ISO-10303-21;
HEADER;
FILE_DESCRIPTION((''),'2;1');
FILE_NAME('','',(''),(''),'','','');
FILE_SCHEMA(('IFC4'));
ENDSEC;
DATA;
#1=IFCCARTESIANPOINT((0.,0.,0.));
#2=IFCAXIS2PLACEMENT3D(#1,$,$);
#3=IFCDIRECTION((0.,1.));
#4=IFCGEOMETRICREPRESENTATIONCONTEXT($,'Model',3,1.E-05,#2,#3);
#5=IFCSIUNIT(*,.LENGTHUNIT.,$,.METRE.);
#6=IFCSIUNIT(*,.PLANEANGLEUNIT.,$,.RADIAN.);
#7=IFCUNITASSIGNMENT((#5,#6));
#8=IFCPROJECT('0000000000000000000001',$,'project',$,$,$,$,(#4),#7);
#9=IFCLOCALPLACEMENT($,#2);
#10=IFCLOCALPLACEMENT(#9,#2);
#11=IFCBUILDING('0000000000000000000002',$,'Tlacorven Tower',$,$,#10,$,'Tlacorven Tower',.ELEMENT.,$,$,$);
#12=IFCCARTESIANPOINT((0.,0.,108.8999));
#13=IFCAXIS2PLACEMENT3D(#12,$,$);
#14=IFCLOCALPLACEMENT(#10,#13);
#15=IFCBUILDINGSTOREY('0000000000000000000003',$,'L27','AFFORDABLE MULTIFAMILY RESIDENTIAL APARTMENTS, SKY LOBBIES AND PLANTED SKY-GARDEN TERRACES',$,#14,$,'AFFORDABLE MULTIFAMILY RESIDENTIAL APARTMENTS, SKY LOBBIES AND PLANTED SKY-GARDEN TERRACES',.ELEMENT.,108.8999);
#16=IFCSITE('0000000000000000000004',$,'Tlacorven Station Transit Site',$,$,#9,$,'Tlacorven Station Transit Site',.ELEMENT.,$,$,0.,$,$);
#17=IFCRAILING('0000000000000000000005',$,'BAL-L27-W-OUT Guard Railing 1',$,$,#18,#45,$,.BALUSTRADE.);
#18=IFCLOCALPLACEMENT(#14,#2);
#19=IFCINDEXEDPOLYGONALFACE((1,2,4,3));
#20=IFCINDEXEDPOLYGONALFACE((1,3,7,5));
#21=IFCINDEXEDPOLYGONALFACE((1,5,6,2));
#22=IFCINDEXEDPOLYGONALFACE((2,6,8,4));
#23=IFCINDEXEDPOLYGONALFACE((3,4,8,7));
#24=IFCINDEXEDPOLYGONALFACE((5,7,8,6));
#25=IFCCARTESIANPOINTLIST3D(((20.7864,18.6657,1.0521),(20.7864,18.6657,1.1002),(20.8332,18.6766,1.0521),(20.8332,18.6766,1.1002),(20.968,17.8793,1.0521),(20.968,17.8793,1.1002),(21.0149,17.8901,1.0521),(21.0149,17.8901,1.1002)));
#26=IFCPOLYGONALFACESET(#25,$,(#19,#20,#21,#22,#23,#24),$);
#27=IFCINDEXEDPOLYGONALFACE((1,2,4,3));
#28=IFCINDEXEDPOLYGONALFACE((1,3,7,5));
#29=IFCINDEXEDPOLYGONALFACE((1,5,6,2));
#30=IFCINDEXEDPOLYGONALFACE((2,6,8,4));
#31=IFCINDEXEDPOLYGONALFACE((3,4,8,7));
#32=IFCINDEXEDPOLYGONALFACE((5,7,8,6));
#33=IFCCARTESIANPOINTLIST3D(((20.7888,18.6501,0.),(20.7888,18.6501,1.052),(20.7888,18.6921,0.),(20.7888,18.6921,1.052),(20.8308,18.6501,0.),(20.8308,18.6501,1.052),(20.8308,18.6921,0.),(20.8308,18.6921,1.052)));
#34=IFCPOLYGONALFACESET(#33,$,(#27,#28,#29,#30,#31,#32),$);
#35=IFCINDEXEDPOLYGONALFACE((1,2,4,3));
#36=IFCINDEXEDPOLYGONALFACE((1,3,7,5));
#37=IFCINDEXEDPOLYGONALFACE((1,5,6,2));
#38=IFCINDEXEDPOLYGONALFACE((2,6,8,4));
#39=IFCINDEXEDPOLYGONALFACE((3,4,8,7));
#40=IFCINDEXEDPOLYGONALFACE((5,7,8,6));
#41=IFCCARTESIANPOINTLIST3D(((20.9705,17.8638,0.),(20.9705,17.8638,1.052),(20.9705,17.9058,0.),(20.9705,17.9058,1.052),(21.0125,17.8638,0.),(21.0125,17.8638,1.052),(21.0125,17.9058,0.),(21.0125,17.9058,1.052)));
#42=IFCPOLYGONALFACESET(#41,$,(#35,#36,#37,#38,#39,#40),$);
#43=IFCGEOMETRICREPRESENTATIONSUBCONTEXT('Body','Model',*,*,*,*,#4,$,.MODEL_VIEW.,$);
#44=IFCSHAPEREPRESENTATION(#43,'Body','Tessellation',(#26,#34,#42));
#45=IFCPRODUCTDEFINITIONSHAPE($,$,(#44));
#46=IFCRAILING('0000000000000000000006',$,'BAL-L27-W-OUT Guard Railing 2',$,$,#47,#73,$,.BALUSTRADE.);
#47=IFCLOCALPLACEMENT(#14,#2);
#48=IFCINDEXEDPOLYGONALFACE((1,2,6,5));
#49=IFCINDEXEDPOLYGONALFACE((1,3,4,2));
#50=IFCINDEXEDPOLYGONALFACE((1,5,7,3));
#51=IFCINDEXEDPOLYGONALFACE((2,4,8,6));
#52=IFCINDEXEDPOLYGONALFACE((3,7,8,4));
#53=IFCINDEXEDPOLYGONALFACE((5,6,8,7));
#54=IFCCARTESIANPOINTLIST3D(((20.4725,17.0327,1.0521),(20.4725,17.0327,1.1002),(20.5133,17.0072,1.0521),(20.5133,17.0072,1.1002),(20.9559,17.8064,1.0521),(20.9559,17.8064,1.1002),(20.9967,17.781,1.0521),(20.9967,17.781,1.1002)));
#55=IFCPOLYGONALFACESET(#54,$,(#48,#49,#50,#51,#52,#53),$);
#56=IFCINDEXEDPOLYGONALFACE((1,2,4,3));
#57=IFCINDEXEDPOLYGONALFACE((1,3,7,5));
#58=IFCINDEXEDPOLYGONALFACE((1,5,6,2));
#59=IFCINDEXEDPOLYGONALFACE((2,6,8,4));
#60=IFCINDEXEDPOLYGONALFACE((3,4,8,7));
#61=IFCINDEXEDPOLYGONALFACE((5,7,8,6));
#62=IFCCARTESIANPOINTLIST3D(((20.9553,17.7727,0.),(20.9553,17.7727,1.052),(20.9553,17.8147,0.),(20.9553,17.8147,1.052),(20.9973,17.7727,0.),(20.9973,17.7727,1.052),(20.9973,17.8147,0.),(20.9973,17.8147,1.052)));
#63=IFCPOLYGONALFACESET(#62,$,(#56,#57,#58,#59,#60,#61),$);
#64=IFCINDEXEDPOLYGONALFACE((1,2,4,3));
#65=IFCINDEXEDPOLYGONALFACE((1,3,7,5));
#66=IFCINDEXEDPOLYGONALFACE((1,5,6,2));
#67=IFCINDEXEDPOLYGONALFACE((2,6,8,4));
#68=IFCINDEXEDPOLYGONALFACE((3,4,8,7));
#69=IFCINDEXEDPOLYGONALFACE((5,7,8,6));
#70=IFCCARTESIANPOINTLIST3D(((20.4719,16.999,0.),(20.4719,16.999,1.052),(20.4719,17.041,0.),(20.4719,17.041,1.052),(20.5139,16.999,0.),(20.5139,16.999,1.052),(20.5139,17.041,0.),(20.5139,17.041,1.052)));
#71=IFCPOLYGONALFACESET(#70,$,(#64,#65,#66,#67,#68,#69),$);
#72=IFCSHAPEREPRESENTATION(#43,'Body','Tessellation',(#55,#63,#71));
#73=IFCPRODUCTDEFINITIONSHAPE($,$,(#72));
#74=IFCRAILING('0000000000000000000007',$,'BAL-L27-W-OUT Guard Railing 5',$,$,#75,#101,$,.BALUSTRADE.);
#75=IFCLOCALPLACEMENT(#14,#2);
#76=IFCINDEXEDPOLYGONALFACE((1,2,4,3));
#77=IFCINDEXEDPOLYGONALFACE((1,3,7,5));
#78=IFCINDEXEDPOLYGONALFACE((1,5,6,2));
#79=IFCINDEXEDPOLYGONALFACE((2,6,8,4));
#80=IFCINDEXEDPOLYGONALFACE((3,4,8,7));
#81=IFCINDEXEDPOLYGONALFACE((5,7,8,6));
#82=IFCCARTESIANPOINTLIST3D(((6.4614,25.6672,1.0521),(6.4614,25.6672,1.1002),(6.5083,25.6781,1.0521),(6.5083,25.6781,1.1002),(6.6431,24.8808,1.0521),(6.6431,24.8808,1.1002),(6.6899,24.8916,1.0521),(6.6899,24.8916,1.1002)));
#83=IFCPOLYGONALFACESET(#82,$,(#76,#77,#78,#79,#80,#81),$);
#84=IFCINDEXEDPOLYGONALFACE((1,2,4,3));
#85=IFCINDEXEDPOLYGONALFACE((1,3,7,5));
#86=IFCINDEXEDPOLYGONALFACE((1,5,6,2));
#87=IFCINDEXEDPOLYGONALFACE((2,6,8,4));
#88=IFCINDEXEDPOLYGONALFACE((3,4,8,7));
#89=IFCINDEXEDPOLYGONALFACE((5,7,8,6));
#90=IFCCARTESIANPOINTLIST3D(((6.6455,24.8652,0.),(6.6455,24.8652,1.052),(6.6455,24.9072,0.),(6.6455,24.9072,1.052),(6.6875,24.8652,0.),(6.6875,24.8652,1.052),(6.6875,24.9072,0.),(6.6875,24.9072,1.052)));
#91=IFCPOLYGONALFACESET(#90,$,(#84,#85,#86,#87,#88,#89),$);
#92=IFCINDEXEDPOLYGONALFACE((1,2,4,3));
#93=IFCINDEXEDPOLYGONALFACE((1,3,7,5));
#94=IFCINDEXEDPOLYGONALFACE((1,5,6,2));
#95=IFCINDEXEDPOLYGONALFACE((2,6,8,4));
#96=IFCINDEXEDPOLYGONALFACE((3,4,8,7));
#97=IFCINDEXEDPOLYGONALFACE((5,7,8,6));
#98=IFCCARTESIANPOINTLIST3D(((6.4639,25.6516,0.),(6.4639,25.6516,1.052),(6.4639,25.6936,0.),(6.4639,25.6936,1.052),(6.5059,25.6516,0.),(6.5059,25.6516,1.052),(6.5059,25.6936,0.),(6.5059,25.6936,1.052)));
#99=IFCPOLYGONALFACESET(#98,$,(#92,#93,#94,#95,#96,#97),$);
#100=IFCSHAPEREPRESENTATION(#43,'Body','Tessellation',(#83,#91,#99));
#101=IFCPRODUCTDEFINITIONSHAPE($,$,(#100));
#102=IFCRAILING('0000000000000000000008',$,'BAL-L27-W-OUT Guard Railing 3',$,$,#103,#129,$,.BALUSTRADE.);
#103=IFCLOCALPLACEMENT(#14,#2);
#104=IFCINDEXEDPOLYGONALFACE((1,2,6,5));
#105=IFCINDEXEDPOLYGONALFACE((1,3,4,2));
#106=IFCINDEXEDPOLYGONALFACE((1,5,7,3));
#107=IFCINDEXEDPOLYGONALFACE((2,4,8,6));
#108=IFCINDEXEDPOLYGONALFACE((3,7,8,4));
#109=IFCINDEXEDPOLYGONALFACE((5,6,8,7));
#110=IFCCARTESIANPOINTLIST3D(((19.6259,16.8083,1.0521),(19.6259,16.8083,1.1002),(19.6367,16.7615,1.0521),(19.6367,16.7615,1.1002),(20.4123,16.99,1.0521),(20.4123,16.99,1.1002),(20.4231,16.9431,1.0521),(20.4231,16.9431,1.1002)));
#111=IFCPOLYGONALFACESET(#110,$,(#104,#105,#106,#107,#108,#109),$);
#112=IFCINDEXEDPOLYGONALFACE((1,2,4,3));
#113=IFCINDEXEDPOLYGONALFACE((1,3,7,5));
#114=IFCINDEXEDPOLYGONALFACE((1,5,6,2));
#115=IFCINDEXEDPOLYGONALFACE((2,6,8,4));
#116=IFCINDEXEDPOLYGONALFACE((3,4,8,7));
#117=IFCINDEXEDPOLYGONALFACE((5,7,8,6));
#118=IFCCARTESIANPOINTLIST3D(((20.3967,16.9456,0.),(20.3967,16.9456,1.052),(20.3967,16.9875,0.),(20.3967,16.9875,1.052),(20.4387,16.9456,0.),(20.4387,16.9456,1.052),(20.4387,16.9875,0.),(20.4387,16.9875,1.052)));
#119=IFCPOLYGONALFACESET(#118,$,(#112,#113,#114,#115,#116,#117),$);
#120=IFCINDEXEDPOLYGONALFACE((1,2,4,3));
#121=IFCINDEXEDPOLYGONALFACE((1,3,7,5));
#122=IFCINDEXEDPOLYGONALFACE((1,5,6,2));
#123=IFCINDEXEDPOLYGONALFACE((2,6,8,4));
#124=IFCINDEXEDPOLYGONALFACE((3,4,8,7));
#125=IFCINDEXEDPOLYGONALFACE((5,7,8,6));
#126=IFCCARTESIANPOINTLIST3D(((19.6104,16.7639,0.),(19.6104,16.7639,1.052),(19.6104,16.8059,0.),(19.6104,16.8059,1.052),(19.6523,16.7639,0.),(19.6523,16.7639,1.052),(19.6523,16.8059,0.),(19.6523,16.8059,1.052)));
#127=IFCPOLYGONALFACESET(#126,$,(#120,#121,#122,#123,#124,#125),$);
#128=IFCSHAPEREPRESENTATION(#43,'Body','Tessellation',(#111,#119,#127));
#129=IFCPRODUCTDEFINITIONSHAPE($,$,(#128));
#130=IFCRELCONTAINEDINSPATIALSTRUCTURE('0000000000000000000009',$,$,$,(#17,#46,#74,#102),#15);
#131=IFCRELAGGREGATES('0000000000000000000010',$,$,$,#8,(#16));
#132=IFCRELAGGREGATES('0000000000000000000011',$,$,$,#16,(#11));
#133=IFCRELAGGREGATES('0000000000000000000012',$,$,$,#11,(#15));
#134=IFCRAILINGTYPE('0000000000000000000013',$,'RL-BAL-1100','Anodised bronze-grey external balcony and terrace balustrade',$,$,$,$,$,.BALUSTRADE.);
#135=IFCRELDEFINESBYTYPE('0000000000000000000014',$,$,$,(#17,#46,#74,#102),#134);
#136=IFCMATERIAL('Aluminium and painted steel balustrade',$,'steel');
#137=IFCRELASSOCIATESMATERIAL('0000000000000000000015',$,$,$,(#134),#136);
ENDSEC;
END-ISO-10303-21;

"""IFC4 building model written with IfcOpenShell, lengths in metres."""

from ifc_helpers import new_model, si_unit, direction, frame, origin, origin_2d, place, context, subcontext, project, spatial, rectangle, extrude, source, transform, mapped, material, type_object, element, save


model = new_model("IFC4")

# Units and contexts
model_context = context("Model", 3, precision=1e-05, world=origin(), true_north=direction((0.0, 1.0)))
body_context = subcontext(model_context, "Body", "Model", "MODEL_VIEW")
ifc_project = project(units=[si_unit("LENGTHUNIT", "METRE"), si_unit("PLANEANGLEUNIT", "RADIAN")], contexts=[model_context])

# Site, building, storey
site_placement = place(None, origin())
site = spatial("IfcSite", under=ifc_project, at=site_placement, Name="Tlacorven Station Transit Site", LongName="Tlacorven Station Transit Site", CompositionType="ELEMENT", RefElevation=0.0)
building_placement = place(site_placement, origin())
building = spatial("IfcBuilding", under=site, at=building_placement, Name="Tlacorven Tower", LongName="Tlacorven Tower", CompositionType="ELEMENT")
storey_placement = place(building_placement, frame((0.0, 0.0, 108.8999)))
storey = spatial("IfcBuildingStorey", under=building, at=storey_placement, Name="L27", Description="AFFORDABLE MULTIFAMILY RESIDENTIAL APARTMENTS, SKY LOBBIES AND PLANTED SKY-GARDEN TERRACES", LongName="AFFORDABLE MULTIFAMILY RESIDENTIAL APARTMENTS, SKY LOBBIES AND PLANTED SKY-GARDEN TERRACES", CompositionType="ELEMENT", Elevation=108.8999)

# Railings
ifc_material_1 = material(Name="Aluminium and painted steel balustrade", Category="steel")
railing_type = type_object("IfcRailingType", Name="RL-BAL-1100", Description="Anodised bronze-grey external balcony and terrace balustrade", PredefinedType="BALUSTRADE", material=ifc_material_1)
shared_shape_1 = source(origin(), body_context, "Body", "SweptSolid", [
    extrude(rectangle(XDim=0.0481, YDim=0.0481, at=origin_2d()), frame((0.0, 0.0, 1.0762), z_axis=(0.225058, -0.974345, 0.0), x_axis=(0.974345, 0.225058, 0.0)), (0.0, 0.0, 1.0), 0.8071),
    extrude(rectangle(XDim=0.042, YDim=0.042, at=origin_2d()), origin(), (0.0, 0.0, 1.0), 1.052),
    extrude(rectangle(XDim=0.042, YDim=0.042, at=origin_2d()), frame((0.1816, -0.7864, 0.0)), (0.0, 0.0, 1.0), 1.052),
])
railing_1_placement = place(storey_placement, frame((20.8098, 18.6711, 0.0)))
element("IfcRailing", 1, at=railing_1_placement, inside=storey, type_object=railing_type, Name="BAL-L27-W-OUT Guard Railing 1", PredefinedType="BALUSTRADE", context=body_context, shape_type="MappedRepresentation", body=[
    mapped(shared_shape_1, transform((0.0, 0.0, 0.0), scale=1.0)),
])
shared_shape_2 = source(origin(), body_context, "Body", "SweptSolid", [
    extrude(rectangle(XDim=0.0481, YDim=0.0481, at=origin_2d()), frame((0.0, 0.0, 1.0762), z_axis=(-0.529879, -0.848073, 0.0), x_axis=(0.848073, -0.529879, 0.0)), (0.0, 0.0, 1.0), 0.9124),
    extrude(rectangle(XDim=0.042, YDim=0.042, at=origin_2d()), origin(), (0.0, 0.0, 1.0), 1.052),
    extrude(rectangle(XDim=0.042, YDim=0.042, at=origin_2d()), frame((-0.4834, -0.7737, 0.0)), (0.0, 0.0, 1.0), 1.052),
])
railing_2_placement = place(storey_placement, frame((20.9763, 17.7937, 0.0)))
element("IfcRailing", 2, at=railing_2_placement, inside=storey, type_object=railing_type, Name="BAL-L27-W-OUT Guard Railing 2", PredefinedType="BALUSTRADE", context=body_context, shape_type="MappedRepresentation", body=[
    mapped(shared_shape_2, transform((0.0, 0.0, 0.0), scale=1.0)),
])
shared_shape_3 = source(origin(), body_context, "Body", "SweptSolid", [
    extrude(rectangle(XDim=0.0481, YDim=0.0481, at=origin_2d()), frame((0.0, 0.0, 1.0762), z_axis=(-0.225058, 0.974345, 0.0), x_axis=(-0.974345, -0.225058, 0.0)), (0.0, 0.0, 1.0), 0.8071),
    extrude(rectangle(XDim=0.042, YDim=0.042, at=origin_2d()), origin(), (0.0, 0.0, 1.0), 1.052),
    extrude(rectangle(XDim=0.042, YDim=0.042, at=origin_2d()), frame((-0.1816, 0.7864, 0.0)), (0.0, 0.0, 1.0), 1.052),
])
railing_3_placement = place(storey_placement, frame((6.6665, 24.8862, 0.0)))
element("IfcRailing", 3, at=railing_3_placement, inside=storey, type_object=railing_type, Name="BAL-L27-W-OUT Guard Railing 5", PredefinedType="BALUSTRADE", context=body_context, shape_type="MappedRepresentation", body=[
    mapped(shared_shape_3, transform((0.0, 0.0, 0.0), scale=1.0)),
])
shared_shape_4 = source(origin(), body_context, "Body", "SweptSolid", [
    extrude(rectangle(XDim=0.0481, YDim=0.0481, at=origin_2d()), frame((0.0, 0.0, 1.0762), z_axis=(-0.974345, -0.225058, 0.0), x_axis=(0.225058, -0.974345, 0.0)), (0.0, 0.0, 1.0), 0.8071),
    extrude(rectangle(XDim=0.042, YDim=0.042, at=origin_2d()), origin(), (0.0, 0.0, 1.0), 1.052),
    extrude(rectangle(XDim=0.042, YDim=0.042, at=origin_2d()), frame((-0.7864, -0.1816, 0.0)), (0.0, 0.0, 1.0), 1.052),
])
railing_4_placement = place(storey_placement, frame((20.4177, 16.9666, 0.0)))
element("IfcRailing", 4, at=railing_4_placement, inside=storey, type_object=railing_type, Name="BAL-L27-W-OUT Guard Railing 3", PredefinedType="BALUSTRADE", context=body_context, shape_type="MappedRepresentation", body=[
    mapped(shared_shape_4, transform((0.0, 0.0, 0.0), scale=1.0)),
])

save(model, "model.ifc")
